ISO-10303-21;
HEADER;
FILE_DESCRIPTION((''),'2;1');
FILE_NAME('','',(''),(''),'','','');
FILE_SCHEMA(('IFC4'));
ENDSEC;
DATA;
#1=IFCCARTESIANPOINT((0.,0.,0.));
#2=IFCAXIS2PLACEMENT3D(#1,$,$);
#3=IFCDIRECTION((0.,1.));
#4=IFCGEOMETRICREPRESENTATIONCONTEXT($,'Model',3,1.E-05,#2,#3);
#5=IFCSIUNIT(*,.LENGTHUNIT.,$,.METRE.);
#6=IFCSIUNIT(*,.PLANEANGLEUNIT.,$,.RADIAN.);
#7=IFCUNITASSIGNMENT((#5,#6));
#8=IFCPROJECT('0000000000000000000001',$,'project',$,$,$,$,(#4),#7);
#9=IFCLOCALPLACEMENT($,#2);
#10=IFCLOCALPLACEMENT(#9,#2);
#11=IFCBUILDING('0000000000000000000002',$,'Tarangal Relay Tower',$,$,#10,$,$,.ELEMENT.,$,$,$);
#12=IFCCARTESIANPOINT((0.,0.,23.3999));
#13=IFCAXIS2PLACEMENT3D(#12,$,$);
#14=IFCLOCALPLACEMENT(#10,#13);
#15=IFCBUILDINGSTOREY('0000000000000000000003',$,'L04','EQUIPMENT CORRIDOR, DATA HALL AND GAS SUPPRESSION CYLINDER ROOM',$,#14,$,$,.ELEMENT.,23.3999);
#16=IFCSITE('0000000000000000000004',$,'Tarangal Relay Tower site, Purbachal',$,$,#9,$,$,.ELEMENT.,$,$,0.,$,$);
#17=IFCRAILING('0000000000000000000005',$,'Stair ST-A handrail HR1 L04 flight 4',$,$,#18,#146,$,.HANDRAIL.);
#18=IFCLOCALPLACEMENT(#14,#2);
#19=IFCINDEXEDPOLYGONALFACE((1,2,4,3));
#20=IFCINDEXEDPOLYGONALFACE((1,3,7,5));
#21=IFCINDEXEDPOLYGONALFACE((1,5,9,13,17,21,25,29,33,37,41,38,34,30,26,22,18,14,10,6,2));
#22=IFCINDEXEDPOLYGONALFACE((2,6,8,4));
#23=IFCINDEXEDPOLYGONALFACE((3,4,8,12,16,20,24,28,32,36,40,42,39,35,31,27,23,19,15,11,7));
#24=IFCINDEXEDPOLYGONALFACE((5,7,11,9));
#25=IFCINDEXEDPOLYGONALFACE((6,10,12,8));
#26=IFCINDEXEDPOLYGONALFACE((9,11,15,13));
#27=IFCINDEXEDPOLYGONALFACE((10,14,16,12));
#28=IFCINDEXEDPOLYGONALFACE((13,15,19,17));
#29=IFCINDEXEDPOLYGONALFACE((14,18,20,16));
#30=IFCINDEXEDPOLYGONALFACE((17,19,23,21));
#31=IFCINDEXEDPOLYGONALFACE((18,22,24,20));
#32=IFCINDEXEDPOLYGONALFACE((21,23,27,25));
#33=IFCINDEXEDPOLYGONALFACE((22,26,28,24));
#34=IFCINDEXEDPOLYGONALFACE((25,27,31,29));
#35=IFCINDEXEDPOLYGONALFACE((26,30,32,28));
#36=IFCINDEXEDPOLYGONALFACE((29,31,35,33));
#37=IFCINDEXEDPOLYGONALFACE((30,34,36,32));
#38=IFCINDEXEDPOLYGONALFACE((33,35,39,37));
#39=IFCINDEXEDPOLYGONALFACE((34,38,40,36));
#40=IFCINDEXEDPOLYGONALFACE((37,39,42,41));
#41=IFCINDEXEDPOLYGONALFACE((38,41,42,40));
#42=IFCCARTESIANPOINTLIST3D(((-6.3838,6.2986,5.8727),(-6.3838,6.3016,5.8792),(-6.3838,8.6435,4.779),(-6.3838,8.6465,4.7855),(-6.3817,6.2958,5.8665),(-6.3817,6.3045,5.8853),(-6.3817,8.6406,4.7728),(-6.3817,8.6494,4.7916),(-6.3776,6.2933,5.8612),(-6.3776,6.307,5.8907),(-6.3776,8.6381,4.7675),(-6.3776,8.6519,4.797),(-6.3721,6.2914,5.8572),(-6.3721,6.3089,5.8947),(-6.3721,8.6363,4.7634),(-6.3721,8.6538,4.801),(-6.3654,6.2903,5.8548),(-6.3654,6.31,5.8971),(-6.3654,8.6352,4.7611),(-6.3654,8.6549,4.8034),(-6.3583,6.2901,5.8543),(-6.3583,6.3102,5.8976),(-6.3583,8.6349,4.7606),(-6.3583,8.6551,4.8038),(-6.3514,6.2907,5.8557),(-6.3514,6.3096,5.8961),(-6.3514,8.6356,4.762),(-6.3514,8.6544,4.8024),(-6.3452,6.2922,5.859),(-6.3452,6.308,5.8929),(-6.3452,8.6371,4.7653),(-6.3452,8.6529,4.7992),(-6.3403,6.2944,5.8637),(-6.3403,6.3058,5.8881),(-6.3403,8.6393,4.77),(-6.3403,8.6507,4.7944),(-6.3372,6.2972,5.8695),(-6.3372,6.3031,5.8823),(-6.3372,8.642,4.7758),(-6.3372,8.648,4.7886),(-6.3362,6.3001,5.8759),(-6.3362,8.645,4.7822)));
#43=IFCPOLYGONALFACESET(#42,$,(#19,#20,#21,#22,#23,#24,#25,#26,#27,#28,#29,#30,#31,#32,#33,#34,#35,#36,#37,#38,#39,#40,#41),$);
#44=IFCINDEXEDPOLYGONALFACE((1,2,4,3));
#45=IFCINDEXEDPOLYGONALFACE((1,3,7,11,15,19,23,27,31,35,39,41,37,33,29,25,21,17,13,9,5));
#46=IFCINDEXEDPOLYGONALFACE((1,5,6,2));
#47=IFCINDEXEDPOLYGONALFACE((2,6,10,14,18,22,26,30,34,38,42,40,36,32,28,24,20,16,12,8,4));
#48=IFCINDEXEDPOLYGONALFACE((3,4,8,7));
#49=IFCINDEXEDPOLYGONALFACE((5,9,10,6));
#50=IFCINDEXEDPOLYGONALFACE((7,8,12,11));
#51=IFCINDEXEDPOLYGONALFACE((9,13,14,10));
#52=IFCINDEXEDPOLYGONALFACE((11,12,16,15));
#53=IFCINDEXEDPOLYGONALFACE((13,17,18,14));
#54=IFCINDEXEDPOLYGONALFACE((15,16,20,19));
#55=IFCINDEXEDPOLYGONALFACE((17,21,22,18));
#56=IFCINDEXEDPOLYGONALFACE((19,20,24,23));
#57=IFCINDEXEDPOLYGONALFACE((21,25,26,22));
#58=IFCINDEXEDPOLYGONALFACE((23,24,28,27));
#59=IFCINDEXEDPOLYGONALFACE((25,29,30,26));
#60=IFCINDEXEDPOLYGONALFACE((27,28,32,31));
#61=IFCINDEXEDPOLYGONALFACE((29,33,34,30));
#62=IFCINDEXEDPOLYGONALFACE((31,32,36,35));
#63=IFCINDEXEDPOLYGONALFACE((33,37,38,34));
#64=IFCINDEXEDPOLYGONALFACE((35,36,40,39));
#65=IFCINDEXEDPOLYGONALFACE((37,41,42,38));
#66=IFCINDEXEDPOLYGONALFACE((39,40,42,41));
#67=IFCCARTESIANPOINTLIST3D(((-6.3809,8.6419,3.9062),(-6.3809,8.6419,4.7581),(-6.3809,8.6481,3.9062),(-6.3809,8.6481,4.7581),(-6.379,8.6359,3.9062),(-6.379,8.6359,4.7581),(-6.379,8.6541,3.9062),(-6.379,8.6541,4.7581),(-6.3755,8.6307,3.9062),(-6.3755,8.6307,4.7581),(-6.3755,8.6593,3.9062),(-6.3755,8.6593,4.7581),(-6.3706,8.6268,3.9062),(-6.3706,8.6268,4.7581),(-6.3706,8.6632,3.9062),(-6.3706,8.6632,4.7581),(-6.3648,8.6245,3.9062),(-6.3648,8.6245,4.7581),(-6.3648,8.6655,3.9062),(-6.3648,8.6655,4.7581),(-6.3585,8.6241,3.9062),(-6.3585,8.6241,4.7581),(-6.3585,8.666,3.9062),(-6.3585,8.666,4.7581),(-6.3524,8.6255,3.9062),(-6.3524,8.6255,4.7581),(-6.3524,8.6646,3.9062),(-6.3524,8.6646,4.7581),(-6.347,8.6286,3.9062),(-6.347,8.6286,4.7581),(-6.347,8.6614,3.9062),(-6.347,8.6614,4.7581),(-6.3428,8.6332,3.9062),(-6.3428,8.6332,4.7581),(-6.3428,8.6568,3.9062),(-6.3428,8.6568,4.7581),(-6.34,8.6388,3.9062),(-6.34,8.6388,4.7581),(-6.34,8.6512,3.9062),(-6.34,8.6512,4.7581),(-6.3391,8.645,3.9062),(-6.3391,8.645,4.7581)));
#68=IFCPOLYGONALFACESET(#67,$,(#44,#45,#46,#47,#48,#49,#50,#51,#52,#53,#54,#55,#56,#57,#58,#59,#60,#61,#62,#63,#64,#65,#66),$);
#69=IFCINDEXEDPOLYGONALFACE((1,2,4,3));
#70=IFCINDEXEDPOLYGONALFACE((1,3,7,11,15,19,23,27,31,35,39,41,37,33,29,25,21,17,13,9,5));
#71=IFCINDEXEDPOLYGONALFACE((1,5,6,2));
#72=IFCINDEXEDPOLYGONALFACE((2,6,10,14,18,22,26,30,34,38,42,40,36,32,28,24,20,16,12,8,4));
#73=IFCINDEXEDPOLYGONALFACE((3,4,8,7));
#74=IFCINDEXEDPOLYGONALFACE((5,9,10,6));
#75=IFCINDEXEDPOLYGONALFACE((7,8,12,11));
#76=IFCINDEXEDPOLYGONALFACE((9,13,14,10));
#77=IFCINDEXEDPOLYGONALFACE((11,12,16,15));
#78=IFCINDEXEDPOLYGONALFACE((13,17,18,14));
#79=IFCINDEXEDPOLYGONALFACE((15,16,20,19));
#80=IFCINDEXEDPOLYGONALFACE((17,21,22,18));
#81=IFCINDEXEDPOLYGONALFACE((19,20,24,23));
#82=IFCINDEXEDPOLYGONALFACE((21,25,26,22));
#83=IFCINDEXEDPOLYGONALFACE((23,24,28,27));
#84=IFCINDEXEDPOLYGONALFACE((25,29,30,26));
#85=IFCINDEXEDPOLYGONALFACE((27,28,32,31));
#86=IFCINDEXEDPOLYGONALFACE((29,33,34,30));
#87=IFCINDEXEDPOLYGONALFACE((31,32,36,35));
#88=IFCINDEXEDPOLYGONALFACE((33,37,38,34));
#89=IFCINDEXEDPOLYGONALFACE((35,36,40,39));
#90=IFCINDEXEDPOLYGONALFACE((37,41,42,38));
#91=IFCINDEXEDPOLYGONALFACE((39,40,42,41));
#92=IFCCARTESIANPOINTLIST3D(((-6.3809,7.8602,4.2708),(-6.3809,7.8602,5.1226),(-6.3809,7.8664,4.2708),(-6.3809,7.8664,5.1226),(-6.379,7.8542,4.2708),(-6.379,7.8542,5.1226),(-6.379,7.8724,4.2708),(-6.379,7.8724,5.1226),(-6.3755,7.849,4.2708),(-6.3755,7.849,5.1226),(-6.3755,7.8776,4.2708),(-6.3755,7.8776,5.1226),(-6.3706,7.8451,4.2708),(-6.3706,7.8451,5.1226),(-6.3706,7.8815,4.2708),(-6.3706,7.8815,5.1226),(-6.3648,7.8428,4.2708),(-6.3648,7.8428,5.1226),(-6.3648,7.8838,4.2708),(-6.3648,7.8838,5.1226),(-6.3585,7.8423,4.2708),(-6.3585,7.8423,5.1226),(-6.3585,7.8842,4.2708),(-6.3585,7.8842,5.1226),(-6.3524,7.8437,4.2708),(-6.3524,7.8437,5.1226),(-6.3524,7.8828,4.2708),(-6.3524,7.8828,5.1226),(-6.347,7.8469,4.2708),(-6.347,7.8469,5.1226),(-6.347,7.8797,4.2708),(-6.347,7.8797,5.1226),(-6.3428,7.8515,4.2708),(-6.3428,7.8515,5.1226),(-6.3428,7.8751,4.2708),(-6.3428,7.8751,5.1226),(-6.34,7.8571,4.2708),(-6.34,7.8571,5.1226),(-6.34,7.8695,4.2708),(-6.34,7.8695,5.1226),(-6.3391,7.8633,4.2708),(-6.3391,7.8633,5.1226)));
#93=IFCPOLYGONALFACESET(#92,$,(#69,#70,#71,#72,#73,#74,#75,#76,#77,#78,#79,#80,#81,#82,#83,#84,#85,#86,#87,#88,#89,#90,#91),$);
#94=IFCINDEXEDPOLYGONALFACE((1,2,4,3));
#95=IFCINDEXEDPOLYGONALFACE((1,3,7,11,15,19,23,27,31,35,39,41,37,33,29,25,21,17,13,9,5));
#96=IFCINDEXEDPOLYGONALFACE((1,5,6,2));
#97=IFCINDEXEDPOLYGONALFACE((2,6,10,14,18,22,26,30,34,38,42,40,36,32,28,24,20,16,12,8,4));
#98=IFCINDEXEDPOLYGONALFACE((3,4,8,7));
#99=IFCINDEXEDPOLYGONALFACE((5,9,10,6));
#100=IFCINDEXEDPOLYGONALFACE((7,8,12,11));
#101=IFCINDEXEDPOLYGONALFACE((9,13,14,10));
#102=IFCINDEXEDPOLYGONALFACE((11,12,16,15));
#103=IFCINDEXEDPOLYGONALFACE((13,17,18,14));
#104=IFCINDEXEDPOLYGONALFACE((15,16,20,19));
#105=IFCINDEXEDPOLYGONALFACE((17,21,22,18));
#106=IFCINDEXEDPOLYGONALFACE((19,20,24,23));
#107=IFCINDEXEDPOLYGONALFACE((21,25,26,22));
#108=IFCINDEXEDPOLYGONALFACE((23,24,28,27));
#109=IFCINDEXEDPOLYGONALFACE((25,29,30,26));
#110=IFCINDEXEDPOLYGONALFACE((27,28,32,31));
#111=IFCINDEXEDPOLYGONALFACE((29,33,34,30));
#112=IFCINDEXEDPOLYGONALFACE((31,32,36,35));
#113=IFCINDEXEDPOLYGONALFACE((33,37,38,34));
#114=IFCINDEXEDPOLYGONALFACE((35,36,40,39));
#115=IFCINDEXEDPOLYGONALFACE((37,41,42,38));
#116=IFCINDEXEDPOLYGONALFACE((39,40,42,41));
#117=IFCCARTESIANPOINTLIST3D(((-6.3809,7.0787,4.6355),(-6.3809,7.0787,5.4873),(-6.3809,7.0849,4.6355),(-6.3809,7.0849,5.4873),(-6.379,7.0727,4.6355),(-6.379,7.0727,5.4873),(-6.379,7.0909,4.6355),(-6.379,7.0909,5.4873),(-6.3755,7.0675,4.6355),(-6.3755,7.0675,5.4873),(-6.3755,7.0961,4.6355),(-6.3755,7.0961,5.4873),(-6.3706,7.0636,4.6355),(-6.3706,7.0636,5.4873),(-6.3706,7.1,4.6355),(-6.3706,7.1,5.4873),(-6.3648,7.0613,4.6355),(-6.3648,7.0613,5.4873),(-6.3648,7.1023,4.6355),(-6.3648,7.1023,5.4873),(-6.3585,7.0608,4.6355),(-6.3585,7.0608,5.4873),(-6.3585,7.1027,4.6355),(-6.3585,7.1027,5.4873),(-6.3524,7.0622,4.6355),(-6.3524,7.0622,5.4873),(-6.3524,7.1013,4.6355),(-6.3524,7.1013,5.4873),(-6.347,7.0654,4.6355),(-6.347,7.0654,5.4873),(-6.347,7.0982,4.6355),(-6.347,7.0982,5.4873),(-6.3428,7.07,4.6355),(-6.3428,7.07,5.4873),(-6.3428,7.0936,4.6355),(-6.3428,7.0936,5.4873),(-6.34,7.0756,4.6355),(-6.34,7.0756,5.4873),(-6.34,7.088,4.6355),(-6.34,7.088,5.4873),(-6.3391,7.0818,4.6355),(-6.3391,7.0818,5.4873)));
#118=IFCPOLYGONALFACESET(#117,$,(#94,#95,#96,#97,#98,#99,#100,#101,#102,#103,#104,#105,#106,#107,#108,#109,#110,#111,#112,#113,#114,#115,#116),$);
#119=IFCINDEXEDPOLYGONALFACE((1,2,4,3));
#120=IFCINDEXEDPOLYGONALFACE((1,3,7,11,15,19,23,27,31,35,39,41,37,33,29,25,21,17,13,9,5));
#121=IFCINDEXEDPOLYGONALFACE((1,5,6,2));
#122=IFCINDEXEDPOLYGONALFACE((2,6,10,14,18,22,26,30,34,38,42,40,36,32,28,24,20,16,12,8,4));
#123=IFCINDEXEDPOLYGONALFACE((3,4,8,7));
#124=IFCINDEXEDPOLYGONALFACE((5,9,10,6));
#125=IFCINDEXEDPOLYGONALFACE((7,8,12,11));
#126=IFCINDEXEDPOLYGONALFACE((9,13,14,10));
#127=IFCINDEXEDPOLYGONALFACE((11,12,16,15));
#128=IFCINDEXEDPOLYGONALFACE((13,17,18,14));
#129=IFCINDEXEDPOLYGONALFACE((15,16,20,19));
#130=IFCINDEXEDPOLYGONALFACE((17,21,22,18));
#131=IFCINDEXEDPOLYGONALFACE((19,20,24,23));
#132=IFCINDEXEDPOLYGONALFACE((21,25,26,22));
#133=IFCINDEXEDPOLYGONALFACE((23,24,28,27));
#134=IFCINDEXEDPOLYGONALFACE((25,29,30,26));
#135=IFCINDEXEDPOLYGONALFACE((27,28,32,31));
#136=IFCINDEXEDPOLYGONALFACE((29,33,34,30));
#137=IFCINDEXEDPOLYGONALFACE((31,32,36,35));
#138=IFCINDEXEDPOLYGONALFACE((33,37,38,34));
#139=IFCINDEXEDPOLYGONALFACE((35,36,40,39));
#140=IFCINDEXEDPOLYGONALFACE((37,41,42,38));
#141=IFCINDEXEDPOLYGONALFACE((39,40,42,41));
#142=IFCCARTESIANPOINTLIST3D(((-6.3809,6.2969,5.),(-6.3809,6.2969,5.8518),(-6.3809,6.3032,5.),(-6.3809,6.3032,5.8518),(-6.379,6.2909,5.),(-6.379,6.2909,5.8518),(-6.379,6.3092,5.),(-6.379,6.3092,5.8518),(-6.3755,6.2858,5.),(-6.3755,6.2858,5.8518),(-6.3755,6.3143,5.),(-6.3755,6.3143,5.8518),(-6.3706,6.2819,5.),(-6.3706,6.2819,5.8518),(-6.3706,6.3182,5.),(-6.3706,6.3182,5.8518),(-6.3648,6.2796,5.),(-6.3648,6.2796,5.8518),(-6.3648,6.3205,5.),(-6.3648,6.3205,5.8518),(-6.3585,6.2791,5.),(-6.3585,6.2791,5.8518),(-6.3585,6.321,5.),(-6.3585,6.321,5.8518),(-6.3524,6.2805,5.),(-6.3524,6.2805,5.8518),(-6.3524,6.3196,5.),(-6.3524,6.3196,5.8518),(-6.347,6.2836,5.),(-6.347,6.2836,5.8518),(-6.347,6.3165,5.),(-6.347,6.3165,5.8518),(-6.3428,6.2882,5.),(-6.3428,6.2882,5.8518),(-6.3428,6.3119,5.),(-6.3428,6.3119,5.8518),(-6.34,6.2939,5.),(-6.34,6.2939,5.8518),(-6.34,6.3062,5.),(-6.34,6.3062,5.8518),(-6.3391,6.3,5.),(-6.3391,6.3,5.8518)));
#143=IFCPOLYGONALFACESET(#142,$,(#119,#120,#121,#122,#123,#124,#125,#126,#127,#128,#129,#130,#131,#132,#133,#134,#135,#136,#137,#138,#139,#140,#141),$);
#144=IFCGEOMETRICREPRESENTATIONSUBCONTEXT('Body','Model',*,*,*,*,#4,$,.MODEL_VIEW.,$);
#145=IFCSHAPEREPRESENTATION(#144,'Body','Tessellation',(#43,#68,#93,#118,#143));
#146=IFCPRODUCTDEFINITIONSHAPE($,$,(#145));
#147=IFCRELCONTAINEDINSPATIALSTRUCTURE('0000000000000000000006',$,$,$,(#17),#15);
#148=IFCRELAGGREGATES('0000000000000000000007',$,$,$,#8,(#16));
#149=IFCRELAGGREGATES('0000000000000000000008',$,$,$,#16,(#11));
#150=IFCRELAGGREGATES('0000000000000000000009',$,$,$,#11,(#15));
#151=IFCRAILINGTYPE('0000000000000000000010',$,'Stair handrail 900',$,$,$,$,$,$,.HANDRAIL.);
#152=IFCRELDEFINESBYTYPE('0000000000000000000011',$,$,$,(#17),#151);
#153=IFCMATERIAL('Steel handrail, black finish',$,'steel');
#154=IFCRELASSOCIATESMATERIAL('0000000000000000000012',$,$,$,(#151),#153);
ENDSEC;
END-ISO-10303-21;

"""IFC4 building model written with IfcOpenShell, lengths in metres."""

from ifc_helpers import new_model, si_unit, direction, frame, origin, origin_2d, place, context, subcontext, project, spatial, circle, extrude, material, type_object, element, save


model = new_model("IFC4")

# Units and contexts
model_context = context("Model", 3, precision=1e-05, world=origin(), true_north=direction((0.0, 1.0)))
body_context = subcontext(model_context, "Body", "Model", "MODEL_VIEW")
ifc_project = project(units=[si_unit("LENGTHUNIT", "METRE"), si_unit("PLANEANGLEUNIT", "RADIAN")], contexts=[model_context])

# Site, building, storey
site_placement = place(None, origin())
site = spatial("IfcSite", under=ifc_project, at=site_placement, Name="Tarangal Relay Tower site, Purbachal", CompositionType="ELEMENT", RefElevation=0.0)
building_placement = place(site_placement, origin())
building = spatial("IfcBuilding", under=site, at=building_placement, Name="Tarangal Relay Tower", CompositionType="ELEMENT")
storey_placement = place(building_placement, frame((0.0, 0.0, 23.3999)))
storey = spatial("IfcBuildingStorey", under=building, at=storey_placement, Name="L04", Description="EQUIPMENT CORRIDOR, DATA HALL AND GAS SUPPRESSION CYLINDER ROOM", CompositionType="ELEMENT", Elevation=23.3999)

# Railing
ifc_material_1 = material(Name="Steel handrail, black finish", Category="steel")
railing_type_1 = type_object("IfcRailingType", Name="Stair handrail 900", PredefinedType="HANDRAIL", material=ifc_material_1)
for number, where, name in (
    (1, (-6.3601, 8.645, 3.9062), "Stair ST-A handrail HR1 L04 flight 4"),
):
    element("IfcRailing", number, at=place(storey_placement, frame(where)), inside=storey, type_object=railing_type_1, Name=name, PredefinedType="HANDRAIL", context=body_context, shape_type="SweptSolid", body=[
        extrude(circle(Radius=0.0239, at=origin_2d()), frame((0.0, 0.0, 0.876), z_axis=(0.0, -0.906267, 0.422705), x_axis=(1.0, 0.0, 0.0)), (0.0, 0.0, 1.0), 2.5874),
        extrude(circle(Radius=0.021, at=origin_2d()), origin(), (0.0, 0.0, 1.0), 0.8518),
        extrude(circle(Radius=0.021, at=origin_2d()), frame((0.0, -0.7817, 0.3645)), (0.0, 0.0, 1.0), 0.8518),
        extrude(circle(Radius=0.021, at=origin_2d()), frame((0.0, -1.5632, 0.7292)), (0.0, 0.0, 1.0), 0.8518),
        extrude(circle(Radius=0.021, at=origin_2d()), frame((0.0, -2.345, 1.0938)), (0.0, 0.0, 1.0), 0.8518),
    ])

save(model, "model.ifc")
